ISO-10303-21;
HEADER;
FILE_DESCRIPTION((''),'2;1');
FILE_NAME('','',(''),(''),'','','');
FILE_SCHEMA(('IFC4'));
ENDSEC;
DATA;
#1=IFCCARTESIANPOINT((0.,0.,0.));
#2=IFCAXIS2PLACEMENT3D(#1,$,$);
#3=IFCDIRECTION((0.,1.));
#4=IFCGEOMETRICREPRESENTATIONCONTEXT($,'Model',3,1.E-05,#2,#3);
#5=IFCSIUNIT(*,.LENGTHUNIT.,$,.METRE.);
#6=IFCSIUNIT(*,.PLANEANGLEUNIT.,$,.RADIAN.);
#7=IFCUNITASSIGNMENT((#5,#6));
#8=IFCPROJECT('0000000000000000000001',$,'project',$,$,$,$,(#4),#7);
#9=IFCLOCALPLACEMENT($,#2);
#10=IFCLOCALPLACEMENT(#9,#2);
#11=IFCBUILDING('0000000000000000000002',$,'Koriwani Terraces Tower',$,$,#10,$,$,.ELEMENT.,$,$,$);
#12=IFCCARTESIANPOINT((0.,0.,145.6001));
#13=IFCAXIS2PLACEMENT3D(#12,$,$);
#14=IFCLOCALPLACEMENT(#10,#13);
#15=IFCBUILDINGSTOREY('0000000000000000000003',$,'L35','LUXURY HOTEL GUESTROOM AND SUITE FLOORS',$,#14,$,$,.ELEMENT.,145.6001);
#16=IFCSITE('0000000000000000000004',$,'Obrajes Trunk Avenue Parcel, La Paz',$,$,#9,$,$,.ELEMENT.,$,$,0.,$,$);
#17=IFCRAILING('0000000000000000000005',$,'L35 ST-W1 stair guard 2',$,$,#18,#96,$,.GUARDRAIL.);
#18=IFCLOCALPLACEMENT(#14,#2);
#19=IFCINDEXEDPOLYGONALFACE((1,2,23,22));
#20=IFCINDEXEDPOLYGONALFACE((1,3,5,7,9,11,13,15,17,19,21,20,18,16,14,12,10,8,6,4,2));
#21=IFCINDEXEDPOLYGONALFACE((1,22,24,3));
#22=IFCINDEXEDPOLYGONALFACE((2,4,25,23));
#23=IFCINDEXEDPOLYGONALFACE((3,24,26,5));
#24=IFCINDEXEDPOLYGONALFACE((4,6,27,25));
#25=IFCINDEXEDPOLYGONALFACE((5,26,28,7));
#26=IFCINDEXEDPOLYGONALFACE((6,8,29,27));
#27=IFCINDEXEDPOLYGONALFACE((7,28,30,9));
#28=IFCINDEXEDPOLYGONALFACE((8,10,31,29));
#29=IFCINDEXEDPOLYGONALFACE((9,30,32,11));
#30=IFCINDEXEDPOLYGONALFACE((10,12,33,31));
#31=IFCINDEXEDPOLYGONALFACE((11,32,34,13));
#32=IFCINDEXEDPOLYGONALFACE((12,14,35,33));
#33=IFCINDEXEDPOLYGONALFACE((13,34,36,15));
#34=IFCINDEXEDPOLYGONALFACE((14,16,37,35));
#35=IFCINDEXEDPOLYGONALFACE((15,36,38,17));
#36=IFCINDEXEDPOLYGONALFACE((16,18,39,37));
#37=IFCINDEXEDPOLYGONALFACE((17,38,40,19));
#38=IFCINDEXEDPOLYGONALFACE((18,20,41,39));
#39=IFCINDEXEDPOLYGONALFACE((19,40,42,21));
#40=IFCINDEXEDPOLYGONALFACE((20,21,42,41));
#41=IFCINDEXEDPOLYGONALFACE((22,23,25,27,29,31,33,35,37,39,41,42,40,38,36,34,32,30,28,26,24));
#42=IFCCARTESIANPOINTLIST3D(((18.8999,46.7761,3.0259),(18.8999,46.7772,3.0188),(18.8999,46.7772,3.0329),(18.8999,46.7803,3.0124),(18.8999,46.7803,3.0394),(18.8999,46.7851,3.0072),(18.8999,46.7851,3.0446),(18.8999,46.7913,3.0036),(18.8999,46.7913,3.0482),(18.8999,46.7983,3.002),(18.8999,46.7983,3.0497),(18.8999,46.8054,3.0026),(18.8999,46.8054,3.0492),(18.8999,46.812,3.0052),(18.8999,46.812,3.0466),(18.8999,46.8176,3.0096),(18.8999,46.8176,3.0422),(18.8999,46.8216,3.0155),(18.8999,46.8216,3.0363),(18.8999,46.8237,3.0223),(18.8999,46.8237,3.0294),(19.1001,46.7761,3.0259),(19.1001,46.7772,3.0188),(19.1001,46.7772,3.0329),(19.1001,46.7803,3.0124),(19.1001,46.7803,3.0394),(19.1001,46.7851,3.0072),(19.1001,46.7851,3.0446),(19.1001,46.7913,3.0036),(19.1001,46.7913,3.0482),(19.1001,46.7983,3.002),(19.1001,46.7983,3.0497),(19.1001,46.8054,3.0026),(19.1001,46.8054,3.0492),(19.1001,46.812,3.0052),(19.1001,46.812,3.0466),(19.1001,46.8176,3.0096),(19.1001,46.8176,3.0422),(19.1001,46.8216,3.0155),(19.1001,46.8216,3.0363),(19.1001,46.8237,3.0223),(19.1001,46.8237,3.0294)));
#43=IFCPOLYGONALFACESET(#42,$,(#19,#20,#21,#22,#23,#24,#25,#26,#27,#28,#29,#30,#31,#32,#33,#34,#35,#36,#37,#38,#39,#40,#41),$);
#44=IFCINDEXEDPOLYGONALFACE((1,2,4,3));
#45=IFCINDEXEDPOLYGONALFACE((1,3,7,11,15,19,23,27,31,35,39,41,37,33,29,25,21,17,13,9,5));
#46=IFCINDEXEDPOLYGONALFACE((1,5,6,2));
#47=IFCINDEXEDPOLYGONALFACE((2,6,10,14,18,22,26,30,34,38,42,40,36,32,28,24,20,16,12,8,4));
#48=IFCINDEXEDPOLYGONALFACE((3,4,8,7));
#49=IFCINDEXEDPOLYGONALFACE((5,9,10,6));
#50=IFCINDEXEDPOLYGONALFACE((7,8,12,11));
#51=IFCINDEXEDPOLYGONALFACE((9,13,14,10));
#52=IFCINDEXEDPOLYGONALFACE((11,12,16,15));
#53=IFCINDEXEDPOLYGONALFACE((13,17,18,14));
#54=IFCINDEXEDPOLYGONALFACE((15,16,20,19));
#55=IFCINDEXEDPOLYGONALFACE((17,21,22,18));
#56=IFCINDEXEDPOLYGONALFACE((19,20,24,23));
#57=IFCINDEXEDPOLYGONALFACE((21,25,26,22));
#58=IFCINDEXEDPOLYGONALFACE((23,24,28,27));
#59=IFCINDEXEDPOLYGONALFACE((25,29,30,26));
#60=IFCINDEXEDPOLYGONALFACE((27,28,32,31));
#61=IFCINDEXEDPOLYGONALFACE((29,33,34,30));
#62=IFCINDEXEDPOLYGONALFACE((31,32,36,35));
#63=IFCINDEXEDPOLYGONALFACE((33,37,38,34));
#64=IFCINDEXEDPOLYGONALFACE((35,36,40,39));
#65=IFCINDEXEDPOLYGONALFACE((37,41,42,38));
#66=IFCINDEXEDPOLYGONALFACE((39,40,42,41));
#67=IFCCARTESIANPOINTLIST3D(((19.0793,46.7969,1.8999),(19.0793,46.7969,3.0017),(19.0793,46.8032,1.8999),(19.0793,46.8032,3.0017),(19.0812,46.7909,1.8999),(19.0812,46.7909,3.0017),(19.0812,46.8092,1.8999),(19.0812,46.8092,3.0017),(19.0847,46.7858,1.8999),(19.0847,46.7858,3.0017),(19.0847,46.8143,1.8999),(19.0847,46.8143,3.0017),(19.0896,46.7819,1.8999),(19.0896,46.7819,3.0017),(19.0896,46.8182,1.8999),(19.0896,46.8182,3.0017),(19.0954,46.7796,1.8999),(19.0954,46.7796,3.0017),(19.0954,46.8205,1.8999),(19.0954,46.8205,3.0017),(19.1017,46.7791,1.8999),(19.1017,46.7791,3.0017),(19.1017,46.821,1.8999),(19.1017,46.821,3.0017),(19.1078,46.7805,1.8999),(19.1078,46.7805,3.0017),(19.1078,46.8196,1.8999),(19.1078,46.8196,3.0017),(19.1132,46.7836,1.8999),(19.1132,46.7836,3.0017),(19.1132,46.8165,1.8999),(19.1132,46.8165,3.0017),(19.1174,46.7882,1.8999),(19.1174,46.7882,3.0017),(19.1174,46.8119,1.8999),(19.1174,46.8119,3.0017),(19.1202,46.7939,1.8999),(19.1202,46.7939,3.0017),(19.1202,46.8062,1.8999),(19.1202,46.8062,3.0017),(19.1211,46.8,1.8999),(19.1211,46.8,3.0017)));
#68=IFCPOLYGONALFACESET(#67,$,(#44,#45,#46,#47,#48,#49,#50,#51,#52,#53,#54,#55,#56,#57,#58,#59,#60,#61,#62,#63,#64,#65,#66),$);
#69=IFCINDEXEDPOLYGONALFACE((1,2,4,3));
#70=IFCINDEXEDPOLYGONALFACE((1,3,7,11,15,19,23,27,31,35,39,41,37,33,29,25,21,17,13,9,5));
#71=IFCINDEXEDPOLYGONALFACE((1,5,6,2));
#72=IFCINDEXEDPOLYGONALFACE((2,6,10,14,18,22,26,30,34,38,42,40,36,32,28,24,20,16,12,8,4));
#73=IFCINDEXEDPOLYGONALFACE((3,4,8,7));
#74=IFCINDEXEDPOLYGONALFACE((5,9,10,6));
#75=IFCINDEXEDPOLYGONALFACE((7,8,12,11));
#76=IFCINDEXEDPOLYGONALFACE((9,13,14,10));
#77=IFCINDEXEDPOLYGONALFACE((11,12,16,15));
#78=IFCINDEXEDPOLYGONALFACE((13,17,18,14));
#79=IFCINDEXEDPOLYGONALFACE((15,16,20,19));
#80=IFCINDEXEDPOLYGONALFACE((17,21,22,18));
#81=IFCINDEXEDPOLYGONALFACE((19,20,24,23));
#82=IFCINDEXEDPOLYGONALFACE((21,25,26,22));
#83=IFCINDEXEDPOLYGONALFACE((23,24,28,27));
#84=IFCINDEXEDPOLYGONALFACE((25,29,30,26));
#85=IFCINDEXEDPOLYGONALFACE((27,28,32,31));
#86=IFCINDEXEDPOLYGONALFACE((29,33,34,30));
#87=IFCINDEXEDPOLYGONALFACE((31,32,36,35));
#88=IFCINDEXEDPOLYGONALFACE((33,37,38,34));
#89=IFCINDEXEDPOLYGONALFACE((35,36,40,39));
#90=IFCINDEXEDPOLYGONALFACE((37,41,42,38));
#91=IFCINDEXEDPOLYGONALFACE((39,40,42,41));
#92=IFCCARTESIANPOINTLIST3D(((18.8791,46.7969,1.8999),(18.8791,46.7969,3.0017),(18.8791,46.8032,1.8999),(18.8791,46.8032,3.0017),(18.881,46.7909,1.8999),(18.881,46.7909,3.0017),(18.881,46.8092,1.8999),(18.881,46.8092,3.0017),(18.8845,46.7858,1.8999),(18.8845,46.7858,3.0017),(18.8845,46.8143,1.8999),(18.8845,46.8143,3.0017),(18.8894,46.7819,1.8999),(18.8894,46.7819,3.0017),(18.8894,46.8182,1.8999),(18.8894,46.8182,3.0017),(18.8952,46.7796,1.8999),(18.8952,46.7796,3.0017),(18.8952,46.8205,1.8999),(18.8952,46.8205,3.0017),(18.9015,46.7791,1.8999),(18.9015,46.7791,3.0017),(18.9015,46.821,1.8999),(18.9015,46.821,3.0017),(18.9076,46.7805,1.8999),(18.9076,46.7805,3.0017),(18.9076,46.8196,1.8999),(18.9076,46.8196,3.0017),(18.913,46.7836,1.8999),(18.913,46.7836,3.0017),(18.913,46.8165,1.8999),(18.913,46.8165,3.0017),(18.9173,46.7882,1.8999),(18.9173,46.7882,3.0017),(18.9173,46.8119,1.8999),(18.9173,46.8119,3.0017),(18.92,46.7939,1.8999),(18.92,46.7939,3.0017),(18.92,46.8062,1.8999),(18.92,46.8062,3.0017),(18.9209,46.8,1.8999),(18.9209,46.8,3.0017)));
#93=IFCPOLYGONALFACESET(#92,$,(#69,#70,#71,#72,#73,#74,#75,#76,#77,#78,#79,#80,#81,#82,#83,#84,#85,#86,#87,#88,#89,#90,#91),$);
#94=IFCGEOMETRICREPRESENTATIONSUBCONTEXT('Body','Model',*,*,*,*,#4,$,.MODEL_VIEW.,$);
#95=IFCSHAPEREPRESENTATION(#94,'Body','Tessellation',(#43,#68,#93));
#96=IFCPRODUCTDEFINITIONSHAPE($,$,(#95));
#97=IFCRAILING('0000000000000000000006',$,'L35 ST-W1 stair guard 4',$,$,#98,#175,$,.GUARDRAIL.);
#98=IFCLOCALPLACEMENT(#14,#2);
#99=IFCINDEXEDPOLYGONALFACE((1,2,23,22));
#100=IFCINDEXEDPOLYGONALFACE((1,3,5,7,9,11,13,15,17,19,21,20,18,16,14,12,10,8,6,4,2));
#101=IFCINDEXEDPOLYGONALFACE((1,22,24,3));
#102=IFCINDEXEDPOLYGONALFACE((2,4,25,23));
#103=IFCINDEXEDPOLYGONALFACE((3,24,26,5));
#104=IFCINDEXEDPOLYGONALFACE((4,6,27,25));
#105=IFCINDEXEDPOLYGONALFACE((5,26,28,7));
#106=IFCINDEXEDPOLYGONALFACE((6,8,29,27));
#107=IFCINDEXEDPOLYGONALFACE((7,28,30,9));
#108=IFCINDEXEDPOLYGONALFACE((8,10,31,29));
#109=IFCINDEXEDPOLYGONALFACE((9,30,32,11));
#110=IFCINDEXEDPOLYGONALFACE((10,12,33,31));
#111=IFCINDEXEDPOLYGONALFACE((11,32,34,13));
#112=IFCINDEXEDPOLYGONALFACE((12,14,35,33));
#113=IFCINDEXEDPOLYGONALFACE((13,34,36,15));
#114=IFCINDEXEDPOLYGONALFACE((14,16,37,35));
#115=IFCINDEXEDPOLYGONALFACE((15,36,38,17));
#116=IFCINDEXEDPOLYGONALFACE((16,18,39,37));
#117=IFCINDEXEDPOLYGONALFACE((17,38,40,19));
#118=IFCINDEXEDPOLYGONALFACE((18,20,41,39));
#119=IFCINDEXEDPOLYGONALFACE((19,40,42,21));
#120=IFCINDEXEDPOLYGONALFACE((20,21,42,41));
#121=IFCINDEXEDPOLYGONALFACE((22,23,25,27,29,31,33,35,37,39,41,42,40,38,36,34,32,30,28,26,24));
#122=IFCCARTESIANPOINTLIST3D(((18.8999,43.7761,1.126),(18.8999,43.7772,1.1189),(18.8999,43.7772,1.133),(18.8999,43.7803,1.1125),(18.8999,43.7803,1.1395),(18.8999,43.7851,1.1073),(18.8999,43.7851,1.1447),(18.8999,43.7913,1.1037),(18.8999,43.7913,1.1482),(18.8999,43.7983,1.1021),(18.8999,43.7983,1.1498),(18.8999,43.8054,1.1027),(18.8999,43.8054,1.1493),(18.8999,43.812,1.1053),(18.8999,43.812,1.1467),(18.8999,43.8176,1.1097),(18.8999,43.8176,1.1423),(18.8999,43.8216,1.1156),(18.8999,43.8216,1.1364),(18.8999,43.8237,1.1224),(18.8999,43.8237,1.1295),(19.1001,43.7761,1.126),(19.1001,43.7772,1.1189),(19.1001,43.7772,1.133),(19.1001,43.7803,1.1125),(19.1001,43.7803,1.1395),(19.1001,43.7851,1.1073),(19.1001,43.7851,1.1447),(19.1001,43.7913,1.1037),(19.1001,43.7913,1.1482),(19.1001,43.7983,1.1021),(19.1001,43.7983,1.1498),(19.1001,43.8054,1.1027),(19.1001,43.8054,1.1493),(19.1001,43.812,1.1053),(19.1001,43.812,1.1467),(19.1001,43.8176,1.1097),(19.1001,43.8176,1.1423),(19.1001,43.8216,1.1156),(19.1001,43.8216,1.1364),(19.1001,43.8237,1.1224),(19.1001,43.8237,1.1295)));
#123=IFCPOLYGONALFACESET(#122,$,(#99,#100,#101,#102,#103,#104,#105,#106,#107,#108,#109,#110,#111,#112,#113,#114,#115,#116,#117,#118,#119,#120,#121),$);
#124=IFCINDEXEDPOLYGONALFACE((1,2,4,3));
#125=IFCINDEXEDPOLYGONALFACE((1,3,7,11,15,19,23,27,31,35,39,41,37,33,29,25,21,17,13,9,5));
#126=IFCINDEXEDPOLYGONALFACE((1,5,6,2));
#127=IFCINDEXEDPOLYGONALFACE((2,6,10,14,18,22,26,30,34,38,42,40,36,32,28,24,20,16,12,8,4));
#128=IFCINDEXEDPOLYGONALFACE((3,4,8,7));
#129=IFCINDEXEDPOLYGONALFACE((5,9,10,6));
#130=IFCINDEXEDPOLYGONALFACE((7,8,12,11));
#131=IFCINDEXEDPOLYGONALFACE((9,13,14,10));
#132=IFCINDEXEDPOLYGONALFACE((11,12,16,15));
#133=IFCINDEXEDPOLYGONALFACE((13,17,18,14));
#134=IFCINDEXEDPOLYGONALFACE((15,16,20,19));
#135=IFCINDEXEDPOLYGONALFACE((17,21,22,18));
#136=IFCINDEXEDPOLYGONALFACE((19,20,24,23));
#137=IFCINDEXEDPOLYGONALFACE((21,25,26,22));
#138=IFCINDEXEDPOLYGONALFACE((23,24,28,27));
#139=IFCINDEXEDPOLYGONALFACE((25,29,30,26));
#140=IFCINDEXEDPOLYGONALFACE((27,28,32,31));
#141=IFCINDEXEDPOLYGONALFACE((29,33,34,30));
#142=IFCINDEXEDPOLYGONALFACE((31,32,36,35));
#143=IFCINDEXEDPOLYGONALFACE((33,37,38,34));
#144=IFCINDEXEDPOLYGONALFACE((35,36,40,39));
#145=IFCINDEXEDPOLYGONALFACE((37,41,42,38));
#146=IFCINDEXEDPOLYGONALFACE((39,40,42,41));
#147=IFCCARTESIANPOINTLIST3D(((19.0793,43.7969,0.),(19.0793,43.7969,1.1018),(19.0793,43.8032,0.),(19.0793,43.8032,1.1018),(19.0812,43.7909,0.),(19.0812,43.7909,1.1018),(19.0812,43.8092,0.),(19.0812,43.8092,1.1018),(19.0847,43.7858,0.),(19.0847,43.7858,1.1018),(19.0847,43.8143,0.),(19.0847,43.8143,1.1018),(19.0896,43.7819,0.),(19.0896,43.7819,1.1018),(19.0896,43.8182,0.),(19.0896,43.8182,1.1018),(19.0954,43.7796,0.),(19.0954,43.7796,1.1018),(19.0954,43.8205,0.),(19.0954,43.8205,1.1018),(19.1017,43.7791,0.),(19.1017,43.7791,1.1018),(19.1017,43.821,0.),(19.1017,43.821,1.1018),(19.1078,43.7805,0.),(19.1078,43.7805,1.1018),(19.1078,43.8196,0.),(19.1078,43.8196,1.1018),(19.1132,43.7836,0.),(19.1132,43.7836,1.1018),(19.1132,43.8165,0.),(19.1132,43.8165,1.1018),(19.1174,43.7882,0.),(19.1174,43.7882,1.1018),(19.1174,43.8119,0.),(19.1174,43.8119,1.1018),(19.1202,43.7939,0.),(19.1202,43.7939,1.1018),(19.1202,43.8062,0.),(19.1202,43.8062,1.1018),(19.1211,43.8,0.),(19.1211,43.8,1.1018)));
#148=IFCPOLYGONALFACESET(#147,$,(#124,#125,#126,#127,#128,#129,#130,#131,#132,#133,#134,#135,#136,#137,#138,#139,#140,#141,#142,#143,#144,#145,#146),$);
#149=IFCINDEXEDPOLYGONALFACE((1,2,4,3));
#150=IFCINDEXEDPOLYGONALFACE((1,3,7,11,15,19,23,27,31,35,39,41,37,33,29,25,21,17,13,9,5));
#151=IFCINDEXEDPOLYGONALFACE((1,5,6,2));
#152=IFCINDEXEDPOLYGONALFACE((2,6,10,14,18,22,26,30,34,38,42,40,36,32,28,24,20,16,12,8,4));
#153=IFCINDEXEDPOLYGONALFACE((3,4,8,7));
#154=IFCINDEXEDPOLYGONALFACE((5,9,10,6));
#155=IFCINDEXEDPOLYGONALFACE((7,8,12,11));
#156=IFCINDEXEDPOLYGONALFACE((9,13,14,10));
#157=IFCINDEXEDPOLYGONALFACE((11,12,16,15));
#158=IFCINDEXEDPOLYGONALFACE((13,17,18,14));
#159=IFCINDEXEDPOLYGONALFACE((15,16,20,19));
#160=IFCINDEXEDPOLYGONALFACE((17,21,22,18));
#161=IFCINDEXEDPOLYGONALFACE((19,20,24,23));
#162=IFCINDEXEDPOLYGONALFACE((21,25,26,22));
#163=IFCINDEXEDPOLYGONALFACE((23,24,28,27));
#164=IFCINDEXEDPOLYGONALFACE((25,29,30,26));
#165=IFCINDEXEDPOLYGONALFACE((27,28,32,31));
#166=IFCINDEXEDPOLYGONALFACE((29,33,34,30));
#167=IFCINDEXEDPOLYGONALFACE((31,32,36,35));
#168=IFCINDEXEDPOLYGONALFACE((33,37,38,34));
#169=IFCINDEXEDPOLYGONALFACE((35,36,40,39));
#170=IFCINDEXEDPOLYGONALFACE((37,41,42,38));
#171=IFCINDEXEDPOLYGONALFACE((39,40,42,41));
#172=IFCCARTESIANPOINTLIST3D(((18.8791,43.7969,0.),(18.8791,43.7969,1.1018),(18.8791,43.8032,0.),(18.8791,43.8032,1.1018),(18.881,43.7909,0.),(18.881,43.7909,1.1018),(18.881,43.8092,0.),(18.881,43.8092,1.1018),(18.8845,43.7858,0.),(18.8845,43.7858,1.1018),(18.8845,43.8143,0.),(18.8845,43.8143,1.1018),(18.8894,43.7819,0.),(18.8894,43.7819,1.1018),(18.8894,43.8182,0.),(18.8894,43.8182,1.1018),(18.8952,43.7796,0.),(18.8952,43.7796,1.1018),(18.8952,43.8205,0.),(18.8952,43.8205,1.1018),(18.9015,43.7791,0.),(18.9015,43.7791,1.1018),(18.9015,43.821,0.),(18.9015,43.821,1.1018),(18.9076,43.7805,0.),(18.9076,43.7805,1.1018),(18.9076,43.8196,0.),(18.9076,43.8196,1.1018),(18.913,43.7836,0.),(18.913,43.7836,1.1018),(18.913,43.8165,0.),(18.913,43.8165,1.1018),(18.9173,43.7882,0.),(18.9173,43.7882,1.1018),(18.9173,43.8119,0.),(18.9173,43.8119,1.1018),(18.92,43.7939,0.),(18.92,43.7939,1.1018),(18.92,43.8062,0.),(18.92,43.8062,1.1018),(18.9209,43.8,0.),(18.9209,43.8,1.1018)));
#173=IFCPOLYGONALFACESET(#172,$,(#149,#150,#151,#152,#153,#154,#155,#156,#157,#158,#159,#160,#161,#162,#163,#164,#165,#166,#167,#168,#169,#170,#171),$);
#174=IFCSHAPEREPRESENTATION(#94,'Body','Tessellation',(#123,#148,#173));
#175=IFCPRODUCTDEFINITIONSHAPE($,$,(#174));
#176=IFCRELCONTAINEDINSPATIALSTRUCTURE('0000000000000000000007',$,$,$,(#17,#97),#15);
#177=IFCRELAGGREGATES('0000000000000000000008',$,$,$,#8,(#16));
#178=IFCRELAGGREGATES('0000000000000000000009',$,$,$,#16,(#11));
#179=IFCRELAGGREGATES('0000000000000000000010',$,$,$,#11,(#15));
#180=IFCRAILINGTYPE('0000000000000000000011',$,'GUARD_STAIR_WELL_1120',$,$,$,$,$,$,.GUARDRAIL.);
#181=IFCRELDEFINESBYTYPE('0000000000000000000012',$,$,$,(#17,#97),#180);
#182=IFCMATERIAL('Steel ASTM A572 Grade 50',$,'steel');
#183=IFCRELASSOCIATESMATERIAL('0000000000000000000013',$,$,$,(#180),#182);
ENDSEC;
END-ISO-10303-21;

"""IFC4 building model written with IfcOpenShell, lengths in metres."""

from ifc_helpers import new_model, si_unit, direction, frame, origin, origin_2d, place, context, subcontext, project, spatial, circle, extrude, material, type_object, element, save


model = new_model("IFC4")

# Units and contexts
model_context = context("Model", 3, precision=1e-05, world=origin(), true_north=direction((0.0, 1.0)))
body_context = subcontext(model_context, "Body", "Model", "MODEL_VIEW")
ifc_project = project(units=[si_unit("LENGTHUNIT", "METRE"), si_unit("PLANEANGLEUNIT", "RADIAN")], contexts=[model_context])

# Site, building, storey
site_placement = place(None, origin())
site = spatial("IfcSite", under=ifc_project, at=site_placement, Name="Obrajes Trunk Avenue Parcel, La Paz", CompositionType="ELEMENT", RefElevation=0.0)
building_placement = place(site_placement, origin())
building = spatial("IfcBuilding", under=site, at=building_placement, Name="Koriwani Terraces Tower", CompositionType="ELEMENT")
storey_placement = place(building_placement, frame((0.0, 0.0, 145.6001)))
storey = spatial("IfcBuildingStorey", under=building, at=storey_placement, Name="L35", Description="LUXURY HOTEL GUESTROOM AND SUITE FLOORS", CompositionType="ELEMENT", Elevation=145.6001)

# Shared definitions
ifc_material_1 = material(Name="Steel ASTM A572 Grade 50", Category="steel")

# Railings
railing_type_1 = type_object("IfcRailingType", Name="GUARD_STAIR_WELL_1120", PredefinedType="GUARDRAIL", material=ifc_material_1)
for number, where, name in (
    (1, (19.1001, 46.8, 1.8999), "L35 ST-W1 stair guard 2"),
    (2, (19.1001, 43.8, 0.0), "L35 ST-W1 stair guard 4"),
):
    element("IfcRailing", number, at=place(storey_placement, frame(where)), inside=storey, type_object=railing_type_1, Name=name, PredefinedType="GUARDRAIL", context=body_context, shape_type="SweptSolid", body=[
        extrude(circle(Radius=0.0239, at=origin_2d()), frame((0.0, 0.0, 1.126), z_axis=(-1.0, 0.0, 0.0), x_axis=(0.0, -1.0, 0.0)), (0.0, 0.0, 1.0), 0.2002),
        extrude(circle(Radius=0.021, at=origin_2d()), origin(), (0.0, 0.0, 1.0), 1.1018),
        extrude(circle(Radius=0.021, at=origin_2d()), frame((-0.2002, 0.0, 0.0)), (0.0, 0.0, 1.0), 1.1018),
    ])

save(model, "model.ifc")
